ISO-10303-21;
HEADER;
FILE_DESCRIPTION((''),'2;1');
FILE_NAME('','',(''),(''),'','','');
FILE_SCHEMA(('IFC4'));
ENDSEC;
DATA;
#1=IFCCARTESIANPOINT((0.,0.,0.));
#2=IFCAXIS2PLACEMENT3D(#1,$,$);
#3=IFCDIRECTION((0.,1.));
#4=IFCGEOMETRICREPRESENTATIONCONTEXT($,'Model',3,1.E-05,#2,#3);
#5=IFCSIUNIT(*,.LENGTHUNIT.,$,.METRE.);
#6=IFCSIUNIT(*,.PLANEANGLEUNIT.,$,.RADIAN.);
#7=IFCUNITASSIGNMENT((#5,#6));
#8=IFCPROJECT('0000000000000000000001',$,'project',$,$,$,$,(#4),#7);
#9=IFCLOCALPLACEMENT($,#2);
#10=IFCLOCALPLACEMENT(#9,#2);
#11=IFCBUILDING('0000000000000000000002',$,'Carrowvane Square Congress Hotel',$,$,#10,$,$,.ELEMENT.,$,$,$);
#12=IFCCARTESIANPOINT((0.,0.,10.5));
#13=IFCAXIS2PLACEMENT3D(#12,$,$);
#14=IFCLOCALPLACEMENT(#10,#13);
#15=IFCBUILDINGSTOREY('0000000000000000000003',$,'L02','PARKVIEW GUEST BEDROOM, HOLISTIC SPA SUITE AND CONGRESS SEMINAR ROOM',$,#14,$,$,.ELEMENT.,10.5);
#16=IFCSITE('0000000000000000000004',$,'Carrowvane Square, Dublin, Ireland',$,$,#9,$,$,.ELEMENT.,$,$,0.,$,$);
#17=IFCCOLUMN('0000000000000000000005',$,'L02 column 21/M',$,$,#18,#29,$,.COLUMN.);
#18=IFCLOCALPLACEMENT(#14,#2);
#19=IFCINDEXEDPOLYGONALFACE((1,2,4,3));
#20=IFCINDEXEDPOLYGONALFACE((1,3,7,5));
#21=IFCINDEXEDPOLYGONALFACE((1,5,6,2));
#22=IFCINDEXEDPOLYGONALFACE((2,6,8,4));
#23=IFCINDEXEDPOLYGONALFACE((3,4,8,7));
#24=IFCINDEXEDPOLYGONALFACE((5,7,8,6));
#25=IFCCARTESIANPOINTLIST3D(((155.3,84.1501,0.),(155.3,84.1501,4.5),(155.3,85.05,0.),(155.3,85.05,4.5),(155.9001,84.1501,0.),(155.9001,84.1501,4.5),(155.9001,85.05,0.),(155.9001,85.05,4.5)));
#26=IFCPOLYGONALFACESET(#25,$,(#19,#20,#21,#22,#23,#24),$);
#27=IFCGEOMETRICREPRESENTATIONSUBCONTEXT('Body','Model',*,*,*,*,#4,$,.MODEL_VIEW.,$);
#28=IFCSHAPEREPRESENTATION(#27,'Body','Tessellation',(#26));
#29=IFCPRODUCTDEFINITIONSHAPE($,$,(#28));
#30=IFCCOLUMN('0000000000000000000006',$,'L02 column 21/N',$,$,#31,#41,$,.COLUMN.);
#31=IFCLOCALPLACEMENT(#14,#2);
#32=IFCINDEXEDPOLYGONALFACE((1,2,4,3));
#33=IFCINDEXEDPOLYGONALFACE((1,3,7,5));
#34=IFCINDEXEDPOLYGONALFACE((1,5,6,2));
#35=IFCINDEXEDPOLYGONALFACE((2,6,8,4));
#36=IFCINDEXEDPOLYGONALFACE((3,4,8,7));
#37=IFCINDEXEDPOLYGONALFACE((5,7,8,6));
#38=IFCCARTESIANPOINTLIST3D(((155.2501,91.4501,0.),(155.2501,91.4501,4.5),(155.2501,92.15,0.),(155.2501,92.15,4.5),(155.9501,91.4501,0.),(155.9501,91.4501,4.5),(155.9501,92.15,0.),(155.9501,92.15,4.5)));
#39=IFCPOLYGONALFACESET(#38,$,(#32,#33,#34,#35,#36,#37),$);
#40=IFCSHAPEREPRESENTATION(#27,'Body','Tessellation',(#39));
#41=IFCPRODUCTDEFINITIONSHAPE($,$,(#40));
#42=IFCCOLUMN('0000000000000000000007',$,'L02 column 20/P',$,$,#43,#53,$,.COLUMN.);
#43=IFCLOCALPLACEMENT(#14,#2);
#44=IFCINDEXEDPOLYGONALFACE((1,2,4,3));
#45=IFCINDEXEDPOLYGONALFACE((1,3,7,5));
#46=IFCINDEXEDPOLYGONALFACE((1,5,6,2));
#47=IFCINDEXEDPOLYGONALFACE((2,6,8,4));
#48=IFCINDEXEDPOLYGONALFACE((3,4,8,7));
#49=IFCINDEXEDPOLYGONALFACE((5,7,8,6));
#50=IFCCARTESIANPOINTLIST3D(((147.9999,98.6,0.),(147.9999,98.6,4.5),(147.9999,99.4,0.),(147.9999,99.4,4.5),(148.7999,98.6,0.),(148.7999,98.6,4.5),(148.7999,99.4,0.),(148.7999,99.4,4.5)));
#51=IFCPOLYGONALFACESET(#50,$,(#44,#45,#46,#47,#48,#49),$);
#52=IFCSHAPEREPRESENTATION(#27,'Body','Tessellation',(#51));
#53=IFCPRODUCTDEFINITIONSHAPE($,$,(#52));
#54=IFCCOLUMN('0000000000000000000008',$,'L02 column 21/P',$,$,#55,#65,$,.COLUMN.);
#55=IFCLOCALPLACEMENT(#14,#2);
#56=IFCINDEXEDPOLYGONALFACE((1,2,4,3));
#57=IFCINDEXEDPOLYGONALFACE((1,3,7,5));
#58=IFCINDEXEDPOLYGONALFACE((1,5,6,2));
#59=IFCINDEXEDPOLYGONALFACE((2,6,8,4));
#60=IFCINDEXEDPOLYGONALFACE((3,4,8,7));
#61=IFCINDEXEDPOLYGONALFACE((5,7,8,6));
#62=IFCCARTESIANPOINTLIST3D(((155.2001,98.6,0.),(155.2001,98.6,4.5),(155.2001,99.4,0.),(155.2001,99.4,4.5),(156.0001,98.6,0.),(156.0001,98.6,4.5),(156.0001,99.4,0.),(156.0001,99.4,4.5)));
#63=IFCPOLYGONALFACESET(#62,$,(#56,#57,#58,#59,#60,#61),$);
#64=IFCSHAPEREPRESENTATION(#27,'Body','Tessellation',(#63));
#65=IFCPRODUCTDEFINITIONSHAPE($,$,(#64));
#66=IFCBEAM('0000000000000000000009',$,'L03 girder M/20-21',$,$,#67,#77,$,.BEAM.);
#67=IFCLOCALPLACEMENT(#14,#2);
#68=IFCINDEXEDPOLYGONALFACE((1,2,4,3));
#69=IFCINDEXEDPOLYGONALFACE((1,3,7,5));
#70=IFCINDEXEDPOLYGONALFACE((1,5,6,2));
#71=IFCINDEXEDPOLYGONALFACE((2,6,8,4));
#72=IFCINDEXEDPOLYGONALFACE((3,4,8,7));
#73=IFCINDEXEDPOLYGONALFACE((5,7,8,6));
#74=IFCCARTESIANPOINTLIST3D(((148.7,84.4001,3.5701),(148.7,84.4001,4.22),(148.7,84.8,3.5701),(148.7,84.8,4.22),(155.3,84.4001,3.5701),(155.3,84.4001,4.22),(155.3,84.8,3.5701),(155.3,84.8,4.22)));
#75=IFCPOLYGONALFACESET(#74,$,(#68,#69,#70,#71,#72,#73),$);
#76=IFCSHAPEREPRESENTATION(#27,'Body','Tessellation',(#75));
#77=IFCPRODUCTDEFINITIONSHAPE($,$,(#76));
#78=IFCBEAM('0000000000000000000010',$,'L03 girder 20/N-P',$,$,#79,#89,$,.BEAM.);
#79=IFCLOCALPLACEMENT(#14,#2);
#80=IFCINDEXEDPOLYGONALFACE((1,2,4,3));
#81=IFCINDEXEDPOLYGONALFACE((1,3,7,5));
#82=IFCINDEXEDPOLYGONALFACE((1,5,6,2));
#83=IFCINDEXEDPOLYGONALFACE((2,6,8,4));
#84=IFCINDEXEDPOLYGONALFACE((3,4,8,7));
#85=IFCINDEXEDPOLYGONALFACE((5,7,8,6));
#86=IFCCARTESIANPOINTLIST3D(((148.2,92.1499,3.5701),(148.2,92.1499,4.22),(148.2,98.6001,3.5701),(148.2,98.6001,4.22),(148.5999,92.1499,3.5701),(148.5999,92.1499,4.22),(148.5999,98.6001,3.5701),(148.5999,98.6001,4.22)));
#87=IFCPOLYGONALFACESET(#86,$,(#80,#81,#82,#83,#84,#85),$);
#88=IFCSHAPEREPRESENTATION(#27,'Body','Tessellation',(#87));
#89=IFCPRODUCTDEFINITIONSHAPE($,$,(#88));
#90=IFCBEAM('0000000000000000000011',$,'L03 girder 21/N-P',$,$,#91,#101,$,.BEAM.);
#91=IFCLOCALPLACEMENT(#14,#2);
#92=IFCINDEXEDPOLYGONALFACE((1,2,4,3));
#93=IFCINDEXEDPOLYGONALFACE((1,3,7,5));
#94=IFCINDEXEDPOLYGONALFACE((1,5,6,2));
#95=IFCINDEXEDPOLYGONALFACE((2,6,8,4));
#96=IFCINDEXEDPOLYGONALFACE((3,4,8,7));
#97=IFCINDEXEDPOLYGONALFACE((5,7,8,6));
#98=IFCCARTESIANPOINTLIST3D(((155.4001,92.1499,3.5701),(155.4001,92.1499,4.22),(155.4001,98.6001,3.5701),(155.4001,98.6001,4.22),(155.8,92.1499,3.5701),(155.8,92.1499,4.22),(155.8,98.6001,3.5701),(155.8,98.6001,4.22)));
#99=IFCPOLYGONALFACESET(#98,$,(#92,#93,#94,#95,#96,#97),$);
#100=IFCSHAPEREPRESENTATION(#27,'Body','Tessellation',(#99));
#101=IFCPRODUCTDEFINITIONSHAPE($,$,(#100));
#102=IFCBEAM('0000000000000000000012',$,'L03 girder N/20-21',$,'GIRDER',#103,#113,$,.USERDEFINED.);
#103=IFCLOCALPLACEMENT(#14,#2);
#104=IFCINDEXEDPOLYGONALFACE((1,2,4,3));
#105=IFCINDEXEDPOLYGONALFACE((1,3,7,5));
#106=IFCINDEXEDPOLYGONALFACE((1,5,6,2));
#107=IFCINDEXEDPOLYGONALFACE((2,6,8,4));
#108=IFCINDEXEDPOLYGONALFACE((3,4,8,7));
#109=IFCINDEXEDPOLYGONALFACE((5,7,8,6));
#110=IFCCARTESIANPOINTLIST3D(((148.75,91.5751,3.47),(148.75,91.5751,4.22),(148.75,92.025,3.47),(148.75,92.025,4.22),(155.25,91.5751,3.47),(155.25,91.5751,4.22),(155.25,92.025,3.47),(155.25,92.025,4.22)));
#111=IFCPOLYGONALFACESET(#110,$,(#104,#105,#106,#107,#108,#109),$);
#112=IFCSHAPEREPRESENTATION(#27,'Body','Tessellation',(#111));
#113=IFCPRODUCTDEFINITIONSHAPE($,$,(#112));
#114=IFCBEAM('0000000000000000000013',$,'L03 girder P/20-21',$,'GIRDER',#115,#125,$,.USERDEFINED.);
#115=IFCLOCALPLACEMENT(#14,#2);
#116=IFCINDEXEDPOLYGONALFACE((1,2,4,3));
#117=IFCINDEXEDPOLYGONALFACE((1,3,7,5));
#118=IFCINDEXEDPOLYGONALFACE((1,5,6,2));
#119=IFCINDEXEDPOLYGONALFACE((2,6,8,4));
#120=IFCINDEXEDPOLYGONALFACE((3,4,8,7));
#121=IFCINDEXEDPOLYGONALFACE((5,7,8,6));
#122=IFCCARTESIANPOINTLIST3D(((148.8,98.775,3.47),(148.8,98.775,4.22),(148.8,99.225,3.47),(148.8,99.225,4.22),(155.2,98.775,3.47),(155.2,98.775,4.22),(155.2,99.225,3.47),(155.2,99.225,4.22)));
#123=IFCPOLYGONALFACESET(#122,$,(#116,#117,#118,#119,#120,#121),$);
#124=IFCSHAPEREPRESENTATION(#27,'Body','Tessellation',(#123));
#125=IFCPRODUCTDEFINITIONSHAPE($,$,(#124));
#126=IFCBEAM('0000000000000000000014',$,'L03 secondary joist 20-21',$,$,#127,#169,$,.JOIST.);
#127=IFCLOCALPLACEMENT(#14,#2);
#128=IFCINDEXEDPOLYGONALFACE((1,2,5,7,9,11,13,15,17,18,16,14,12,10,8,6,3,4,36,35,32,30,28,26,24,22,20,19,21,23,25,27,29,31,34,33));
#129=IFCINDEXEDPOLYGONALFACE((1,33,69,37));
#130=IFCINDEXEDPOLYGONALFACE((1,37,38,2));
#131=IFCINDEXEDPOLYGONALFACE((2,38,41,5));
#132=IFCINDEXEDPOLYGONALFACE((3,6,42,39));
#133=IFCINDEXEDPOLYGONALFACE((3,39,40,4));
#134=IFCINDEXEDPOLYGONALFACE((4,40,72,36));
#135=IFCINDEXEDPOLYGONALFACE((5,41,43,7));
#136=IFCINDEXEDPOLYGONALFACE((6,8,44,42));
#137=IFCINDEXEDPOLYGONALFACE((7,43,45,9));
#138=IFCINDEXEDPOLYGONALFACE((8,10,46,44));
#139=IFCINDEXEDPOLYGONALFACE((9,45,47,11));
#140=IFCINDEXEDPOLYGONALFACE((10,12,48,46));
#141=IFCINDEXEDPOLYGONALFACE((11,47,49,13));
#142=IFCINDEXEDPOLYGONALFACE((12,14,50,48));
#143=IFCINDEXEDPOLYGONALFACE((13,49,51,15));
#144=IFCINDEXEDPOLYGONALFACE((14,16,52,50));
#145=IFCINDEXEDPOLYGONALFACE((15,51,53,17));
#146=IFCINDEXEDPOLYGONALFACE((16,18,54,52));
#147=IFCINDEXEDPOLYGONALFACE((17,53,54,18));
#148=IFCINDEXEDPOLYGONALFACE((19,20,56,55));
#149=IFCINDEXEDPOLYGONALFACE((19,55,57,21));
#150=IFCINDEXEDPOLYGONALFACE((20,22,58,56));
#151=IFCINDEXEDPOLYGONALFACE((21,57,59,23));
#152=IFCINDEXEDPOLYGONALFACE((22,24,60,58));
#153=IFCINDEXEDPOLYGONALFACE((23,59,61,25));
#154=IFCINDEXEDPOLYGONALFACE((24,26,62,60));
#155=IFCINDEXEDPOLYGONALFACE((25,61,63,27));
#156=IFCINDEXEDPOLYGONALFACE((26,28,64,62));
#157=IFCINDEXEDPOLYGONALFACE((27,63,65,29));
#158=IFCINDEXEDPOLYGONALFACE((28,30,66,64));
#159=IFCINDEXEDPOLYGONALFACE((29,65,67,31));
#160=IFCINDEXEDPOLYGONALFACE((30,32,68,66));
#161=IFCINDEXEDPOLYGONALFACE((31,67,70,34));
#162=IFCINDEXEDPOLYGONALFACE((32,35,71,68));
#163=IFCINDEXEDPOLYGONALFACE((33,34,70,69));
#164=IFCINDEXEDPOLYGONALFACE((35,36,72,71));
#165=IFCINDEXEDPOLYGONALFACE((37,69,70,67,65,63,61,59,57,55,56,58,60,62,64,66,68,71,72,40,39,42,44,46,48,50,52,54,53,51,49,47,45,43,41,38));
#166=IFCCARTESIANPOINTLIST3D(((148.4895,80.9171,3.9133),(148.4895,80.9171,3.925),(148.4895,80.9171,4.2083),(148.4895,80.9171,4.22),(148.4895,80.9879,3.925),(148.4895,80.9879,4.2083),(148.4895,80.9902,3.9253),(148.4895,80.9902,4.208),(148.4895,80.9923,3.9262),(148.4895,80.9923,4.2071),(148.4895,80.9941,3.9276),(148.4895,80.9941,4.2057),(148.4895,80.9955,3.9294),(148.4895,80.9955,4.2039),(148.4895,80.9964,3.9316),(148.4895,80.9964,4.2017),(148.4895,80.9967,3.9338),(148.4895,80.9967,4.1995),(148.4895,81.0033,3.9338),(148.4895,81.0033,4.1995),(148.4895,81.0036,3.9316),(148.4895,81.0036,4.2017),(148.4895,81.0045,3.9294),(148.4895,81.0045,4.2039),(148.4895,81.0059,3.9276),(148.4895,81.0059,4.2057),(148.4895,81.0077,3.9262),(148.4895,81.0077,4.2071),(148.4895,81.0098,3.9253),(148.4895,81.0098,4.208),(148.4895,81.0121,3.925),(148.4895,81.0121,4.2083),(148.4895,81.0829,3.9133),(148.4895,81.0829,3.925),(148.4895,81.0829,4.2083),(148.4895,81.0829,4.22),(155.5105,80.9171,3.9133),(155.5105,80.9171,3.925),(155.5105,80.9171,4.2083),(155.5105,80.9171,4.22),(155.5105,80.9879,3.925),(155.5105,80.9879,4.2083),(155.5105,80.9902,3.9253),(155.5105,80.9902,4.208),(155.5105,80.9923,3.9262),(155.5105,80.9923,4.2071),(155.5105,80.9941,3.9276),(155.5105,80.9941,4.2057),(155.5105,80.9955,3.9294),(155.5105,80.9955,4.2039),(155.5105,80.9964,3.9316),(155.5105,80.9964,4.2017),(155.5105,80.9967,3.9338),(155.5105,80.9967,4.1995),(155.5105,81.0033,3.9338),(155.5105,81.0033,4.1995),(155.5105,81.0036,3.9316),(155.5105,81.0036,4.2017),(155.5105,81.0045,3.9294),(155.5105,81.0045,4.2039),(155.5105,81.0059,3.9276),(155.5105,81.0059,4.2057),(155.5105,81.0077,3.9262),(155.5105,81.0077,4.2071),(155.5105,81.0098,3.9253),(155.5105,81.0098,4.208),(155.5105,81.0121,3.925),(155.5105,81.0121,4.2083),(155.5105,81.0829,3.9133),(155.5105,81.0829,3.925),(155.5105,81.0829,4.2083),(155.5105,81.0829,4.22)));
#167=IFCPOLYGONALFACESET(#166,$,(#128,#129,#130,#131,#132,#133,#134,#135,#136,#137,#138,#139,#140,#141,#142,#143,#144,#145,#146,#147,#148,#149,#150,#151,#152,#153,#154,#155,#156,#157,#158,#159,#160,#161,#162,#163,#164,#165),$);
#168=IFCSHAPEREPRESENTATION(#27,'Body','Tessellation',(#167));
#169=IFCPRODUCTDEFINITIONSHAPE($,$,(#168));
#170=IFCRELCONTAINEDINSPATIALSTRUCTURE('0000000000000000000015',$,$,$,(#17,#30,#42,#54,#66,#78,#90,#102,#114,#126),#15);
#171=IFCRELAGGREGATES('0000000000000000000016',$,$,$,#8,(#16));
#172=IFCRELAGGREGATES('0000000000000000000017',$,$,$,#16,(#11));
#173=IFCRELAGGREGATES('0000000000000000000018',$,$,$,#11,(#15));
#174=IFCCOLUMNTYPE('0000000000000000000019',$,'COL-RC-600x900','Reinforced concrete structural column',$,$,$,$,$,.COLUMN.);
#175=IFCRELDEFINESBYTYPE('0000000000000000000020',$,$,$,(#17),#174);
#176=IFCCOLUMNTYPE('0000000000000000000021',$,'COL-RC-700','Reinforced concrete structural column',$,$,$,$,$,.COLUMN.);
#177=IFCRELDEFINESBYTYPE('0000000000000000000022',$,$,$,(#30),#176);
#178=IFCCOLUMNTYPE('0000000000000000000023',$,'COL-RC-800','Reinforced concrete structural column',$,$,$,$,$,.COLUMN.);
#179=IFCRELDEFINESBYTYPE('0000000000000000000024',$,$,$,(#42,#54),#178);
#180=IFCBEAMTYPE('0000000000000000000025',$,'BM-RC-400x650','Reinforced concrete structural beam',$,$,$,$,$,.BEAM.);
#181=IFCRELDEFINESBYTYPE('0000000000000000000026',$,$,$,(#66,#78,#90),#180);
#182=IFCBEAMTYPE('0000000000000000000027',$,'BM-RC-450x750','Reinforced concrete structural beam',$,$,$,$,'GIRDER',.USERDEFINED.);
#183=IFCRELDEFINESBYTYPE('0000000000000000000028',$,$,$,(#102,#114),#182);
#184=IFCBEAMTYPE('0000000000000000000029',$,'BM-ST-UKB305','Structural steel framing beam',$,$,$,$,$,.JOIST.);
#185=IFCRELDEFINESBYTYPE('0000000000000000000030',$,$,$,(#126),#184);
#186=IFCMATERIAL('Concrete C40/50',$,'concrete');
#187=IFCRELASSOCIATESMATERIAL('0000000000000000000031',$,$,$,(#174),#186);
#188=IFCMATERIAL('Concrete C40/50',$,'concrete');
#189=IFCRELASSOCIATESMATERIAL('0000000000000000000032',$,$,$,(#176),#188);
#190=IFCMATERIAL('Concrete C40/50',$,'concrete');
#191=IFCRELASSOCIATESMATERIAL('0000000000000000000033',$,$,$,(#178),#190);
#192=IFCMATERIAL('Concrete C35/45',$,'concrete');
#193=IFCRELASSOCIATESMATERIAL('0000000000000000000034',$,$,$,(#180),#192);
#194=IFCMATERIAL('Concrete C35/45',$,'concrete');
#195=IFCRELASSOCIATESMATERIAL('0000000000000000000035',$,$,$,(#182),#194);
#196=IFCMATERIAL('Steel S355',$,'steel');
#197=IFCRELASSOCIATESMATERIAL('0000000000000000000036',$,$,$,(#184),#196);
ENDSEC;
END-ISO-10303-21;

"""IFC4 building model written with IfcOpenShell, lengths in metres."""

from ifc_helpers import new_model, si_unit, direction, frame, origin, origin_2d, place, context, subcontext, project, spatial, rectangle, i_section, extrude, material, material_profile, profile_set, type_object, element, save


model = new_model("IFC4")

# Units and contexts
model_context = context("Model", 3, precision=1e-05, world=origin(), true_north=direction((0.0, 1.0)))
body_context = subcontext(model_context, "Body", "Model", "MODEL_VIEW")
ifc_project = project(units=[si_unit("LENGTHUNIT", "METRE"), si_unit("PLANEANGLEUNIT", "RADIAN")], contexts=[model_context])

# Site, building, storey
site_placement = place(None, origin())
site = spatial("IfcSite", under=ifc_project, at=site_placement, Name="Carrowvane Square, Dublin, Ireland", CompositionType="ELEMENT", RefElevation=0.0)
building_placement = place(site_placement, origin())
building = spatial("IfcBuilding", under=site, at=building_placement, Name="Carrowvane Square Congress Hotel", CompositionType="ELEMENT")
storey_placement = place(building_placement, frame((0.0, 0.0, 10.5)))
storey = spatial("IfcBuildingStorey", under=building, at=storey_placement, Name="L02", Description="PARKVIEW GUEST BEDROOM, HOLISTIC SPA SUITE AND CONGRESS SEMINAR ROOM", CompositionType="ELEMENT", Elevation=10.5)

# Columns
ifc_material_1 = material(Name="Concrete C40/50", Category="concrete")
ifc_material_profile_1 = material_profile(ifc_material_1, rectangle(XDim=0.6001, YDim=0.8999, at=origin_2d()), Name="RC 600x900")
ifc_profile_set_1 = profile_set([ifc_material_profile_1], Name="Concrete C40/50")
column_type_1 = type_object("IfcColumnType", Name="COL-RC-600x900", Description="Reinforced concrete structural column", PredefinedType="COLUMN", material=ifc_profile_set_1)
column_1_placement = place(storey_placement, frame((155.6001, 84.6001, 0.0), z_axis=(0.0, 0.0, 1.0), x_axis=(1.0, 0.0, 0.0)))
element("IfcColumn", 1, at=column_1_placement, inside=storey, type_object=column_type_1, Name="L02 column 21/M", PredefinedType="COLUMN", context=body_context, shape_type="SweptSolid", body=[
    extrude(rectangle(XDim=0.6001, YDim=0.8999, at=origin_2d()), origin(), (0.0, 0.0, 1.0), 4.5),
])
ifc_material_2 = material(Name="Concrete C40/50", Category="concrete")
ifc_material_profile_2 = material_profile(ifc_material_2, rectangle(XDim=0.7, YDim=0.7, at=origin_2d()), Name="RC 700x700")
ifc_profile_set_2 = profile_set([ifc_material_profile_2], Name="Concrete C40/50")
column_type_2 = type_object("IfcColumnType", Name="COL-RC-700", Description="Reinforced concrete structural column", PredefinedType="COLUMN", material=ifc_profile_set_2)
column_2_placement = place(storey_placement, frame((155.6001, 91.8, 0.0), z_axis=(0.0, 0.0, 1.0), x_axis=(1.0, 0.0, 0.0)))
element("IfcColumn", 2, at=column_2_placement, inside=storey, type_object=column_type_2, Name="L02 column 21/N", PredefinedType="COLUMN", context=body_context, shape_type="SweptSolid", body=[
    extrude(rectangle(XDim=0.7, YDim=0.7, at=origin_2d()), origin(), (0.0, 0.0, 1.0), 4.5),
])
ifc_material_3 = material(Name="Concrete C40/50", Category="concrete")
ifc_material_profile_3 = material_profile(ifc_material_3, rectangle(XDim=0.8, YDim=0.8, at=origin_2d()), Name="RC 800x800")
ifc_profile_set_3 = profile_set([ifc_material_profile_3], Name="Concrete C40/50")
column_type_3 = type_object("IfcColumnType", Name="COL-RC-800", Description="Reinforced concrete structural column", PredefinedType="COLUMN", material=ifc_profile_set_3)
for number, where, z_axis, x_axis, name in (
    (3, (148.3999, 99.0, 0.0), (0.0, 0.0, 1.0), (1.0, 0.0, 0.0), "L02 column 20/P"),
    (4, (155.6001, 99.0, 0.0), (0.0, 0.0, 1.0), (1.0, 0.0, 0.0), "L02 column 21/P"),
):
    element("IfcColumn", number, at=place(storey_placement, frame(where, z_axis=z_axis, x_axis=x_axis)), inside=storey, type_object=column_type_3, Name=name, PredefinedType="COLUMN", context=body_context, shape_type="SweptSolid", body=[
        extrude(rectangle(XDim=0.8, YDim=0.8, at=origin_2d()), origin(), (0.0, 0.0, 1.0), 4.5),
    ])

# Beams
ifc_material_4 = material(Name="Concrete C35/45", Category="concrete")
ifc_material_profile_4 = material_profile(ifc_material_4, rectangle(XDim=0.3999, YDim=0.6499, at=origin_2d()), Name="RC 400x650")
ifc_profile_set_4 = profile_set([ifc_material_profile_4], Name="Concrete C35/45")
beam_type_1 = type_object("IfcBeamType", Name="BM-RC-400x650", Description="Reinforced concrete structural beam", PredefinedType="BEAM", material=ifc_profile_set_4)
beam_1_placement = place(storey_placement, frame((148.7, 84.6001, 3.895), z_axis=(1.0, 0.0, 0.0), x_axis=(0.0, 1.0, 0.0)))
element("IfcBeam", 5, at=beam_1_placement, inside=storey, type_object=beam_type_1, Name="L03 girder M/20-21", PredefinedType="BEAM", context=body_context, shape_type="SweptSolid", body=[
    extrude(rectangle(XDim=0.3999, YDim=0.6499, at=origin_2d()), origin(), (0.0, 0.0, 1.0), 6.6001),
])
for number, where, z_axis, x_axis, name in (
    (6, (148.3999, 92.1499, 3.895), (0.0, 1.0, 0.0), (-1.0, 0.0, 0.0), "L03 girder 20/N-P"),
    (7, (155.6001, 92.1499, 3.895), (0.0, 1.0, 0.0), (-1.0, 0.0, 0.0), "L03 girder 21/N-P"),
):
    element("IfcBeam", number, at=place(storey_placement, frame(where, z_axis=z_axis, x_axis=x_axis)), inside=storey, type_object=beam_type_1, Name=name, PredefinedType="BEAM", context=body_context, shape_type="SweptSolid", body=[
        extrude(rectangle(XDim=0.3999, YDim=0.6499, at=origin_2d()), origin(), (0.0, 0.0, 1.0), 6.4502),
    ])
ifc_material_5 = material(Name="Concrete C35/45", Category="concrete")
ifc_material_profile_5 = material_profile(ifc_material_5, rectangle(XDim=0.45, YDim=0.75, at=origin_2d()), Name="RC 450x750")
ifc_profile_set_5 = profile_set([ifc_material_profile_5], Name="Concrete C35/45")
beam_type_2 = type_object("IfcBeamType", Name="BM-RC-450x750", Description="Reinforced concrete structural beam", ElementType="GIRDER", PredefinedType="USERDEFINED", material=ifc_profile_set_5)
beam_2_placement = place(storey_placement, frame((148.75, 91.8, 3.845), z_axis=(1.0, 0.0, 0.0), x_axis=(0.0, 1.0, 0.0)))
element("IfcBeam", 8, at=beam_2_placement, inside=storey, type_object=beam_type_2, Name="L03 girder N/20-21", ObjectType="GIRDER", PredefinedType="USERDEFINED", context=body_context, shape_type="SweptSolid", body=[
    extrude(rectangle(XDim=0.45, YDim=0.75, at=origin_2d()), origin(), (0.0, 0.0, 1.0), 6.5),
])
beam_3_placement = place(storey_placement, frame((148.8, 99.0, 3.845), z_axis=(1.0, 0.0, 0.0), x_axis=(0.0, 1.0, 0.0)))
element("IfcBeam", 9, at=beam_3_placement, inside=storey, type_object=beam_type_2, Name="L03 girder P/20-21", ObjectType="GIRDER", PredefinedType="USERDEFINED", context=body_context, shape_type="SweptSolid", body=[
    extrude(rectangle(XDim=0.45, YDim=0.75, at=origin_2d()), origin(), (0.0, 0.0, 1.0), 6.3999),
])
ifc_material_6 = material(Name="Steel S355", Category="steel")
ifc_material_profile_6 = material_profile(ifc_material_6, i_section(OverallWidth=0.1658, OverallDepth=0.3066, WebThickness=0.0066, FlangeThickness=0.0117, FilletRadius=0.0088, at=origin_2d()), Name="UKB 305x165x46")
ifc_profile_set_6 = profile_set([ifc_material_profile_6], Name="Steel S355")
beam_type_3 = type_object("IfcBeamType", Name="BM-ST-UKB305", Description="Structural steel framing beam", PredefinedType="JOIST", material=ifc_profile_set_6)
for number, where, z_axis, x_axis, name in (
    (10, (148.4895, 81.0, 4.0667), (1.0, 0.0, 0.0), (0.0, 1.0, 0.0), "L03 secondary joist 20-21"),
):
    element("IfcBeam", number, at=place(storey_placement, frame(where, z_axis=z_axis, x_axis=x_axis)), inside=storey, type_object=beam_type_3, Name=name, PredefinedType="JOIST", context=body_context, shape_type="SweptSolid", body=[
        extrude(i_section(OverallWidth=0.1658, OverallDepth=0.3066, WebThickness=0.0066, FlangeThickness=0.0117, FilletRadius=0.0088, at=origin_2d()), origin(), (0.0, 0.0, 1.0), 7.021),
    ])

save(model, "model.ifc")
